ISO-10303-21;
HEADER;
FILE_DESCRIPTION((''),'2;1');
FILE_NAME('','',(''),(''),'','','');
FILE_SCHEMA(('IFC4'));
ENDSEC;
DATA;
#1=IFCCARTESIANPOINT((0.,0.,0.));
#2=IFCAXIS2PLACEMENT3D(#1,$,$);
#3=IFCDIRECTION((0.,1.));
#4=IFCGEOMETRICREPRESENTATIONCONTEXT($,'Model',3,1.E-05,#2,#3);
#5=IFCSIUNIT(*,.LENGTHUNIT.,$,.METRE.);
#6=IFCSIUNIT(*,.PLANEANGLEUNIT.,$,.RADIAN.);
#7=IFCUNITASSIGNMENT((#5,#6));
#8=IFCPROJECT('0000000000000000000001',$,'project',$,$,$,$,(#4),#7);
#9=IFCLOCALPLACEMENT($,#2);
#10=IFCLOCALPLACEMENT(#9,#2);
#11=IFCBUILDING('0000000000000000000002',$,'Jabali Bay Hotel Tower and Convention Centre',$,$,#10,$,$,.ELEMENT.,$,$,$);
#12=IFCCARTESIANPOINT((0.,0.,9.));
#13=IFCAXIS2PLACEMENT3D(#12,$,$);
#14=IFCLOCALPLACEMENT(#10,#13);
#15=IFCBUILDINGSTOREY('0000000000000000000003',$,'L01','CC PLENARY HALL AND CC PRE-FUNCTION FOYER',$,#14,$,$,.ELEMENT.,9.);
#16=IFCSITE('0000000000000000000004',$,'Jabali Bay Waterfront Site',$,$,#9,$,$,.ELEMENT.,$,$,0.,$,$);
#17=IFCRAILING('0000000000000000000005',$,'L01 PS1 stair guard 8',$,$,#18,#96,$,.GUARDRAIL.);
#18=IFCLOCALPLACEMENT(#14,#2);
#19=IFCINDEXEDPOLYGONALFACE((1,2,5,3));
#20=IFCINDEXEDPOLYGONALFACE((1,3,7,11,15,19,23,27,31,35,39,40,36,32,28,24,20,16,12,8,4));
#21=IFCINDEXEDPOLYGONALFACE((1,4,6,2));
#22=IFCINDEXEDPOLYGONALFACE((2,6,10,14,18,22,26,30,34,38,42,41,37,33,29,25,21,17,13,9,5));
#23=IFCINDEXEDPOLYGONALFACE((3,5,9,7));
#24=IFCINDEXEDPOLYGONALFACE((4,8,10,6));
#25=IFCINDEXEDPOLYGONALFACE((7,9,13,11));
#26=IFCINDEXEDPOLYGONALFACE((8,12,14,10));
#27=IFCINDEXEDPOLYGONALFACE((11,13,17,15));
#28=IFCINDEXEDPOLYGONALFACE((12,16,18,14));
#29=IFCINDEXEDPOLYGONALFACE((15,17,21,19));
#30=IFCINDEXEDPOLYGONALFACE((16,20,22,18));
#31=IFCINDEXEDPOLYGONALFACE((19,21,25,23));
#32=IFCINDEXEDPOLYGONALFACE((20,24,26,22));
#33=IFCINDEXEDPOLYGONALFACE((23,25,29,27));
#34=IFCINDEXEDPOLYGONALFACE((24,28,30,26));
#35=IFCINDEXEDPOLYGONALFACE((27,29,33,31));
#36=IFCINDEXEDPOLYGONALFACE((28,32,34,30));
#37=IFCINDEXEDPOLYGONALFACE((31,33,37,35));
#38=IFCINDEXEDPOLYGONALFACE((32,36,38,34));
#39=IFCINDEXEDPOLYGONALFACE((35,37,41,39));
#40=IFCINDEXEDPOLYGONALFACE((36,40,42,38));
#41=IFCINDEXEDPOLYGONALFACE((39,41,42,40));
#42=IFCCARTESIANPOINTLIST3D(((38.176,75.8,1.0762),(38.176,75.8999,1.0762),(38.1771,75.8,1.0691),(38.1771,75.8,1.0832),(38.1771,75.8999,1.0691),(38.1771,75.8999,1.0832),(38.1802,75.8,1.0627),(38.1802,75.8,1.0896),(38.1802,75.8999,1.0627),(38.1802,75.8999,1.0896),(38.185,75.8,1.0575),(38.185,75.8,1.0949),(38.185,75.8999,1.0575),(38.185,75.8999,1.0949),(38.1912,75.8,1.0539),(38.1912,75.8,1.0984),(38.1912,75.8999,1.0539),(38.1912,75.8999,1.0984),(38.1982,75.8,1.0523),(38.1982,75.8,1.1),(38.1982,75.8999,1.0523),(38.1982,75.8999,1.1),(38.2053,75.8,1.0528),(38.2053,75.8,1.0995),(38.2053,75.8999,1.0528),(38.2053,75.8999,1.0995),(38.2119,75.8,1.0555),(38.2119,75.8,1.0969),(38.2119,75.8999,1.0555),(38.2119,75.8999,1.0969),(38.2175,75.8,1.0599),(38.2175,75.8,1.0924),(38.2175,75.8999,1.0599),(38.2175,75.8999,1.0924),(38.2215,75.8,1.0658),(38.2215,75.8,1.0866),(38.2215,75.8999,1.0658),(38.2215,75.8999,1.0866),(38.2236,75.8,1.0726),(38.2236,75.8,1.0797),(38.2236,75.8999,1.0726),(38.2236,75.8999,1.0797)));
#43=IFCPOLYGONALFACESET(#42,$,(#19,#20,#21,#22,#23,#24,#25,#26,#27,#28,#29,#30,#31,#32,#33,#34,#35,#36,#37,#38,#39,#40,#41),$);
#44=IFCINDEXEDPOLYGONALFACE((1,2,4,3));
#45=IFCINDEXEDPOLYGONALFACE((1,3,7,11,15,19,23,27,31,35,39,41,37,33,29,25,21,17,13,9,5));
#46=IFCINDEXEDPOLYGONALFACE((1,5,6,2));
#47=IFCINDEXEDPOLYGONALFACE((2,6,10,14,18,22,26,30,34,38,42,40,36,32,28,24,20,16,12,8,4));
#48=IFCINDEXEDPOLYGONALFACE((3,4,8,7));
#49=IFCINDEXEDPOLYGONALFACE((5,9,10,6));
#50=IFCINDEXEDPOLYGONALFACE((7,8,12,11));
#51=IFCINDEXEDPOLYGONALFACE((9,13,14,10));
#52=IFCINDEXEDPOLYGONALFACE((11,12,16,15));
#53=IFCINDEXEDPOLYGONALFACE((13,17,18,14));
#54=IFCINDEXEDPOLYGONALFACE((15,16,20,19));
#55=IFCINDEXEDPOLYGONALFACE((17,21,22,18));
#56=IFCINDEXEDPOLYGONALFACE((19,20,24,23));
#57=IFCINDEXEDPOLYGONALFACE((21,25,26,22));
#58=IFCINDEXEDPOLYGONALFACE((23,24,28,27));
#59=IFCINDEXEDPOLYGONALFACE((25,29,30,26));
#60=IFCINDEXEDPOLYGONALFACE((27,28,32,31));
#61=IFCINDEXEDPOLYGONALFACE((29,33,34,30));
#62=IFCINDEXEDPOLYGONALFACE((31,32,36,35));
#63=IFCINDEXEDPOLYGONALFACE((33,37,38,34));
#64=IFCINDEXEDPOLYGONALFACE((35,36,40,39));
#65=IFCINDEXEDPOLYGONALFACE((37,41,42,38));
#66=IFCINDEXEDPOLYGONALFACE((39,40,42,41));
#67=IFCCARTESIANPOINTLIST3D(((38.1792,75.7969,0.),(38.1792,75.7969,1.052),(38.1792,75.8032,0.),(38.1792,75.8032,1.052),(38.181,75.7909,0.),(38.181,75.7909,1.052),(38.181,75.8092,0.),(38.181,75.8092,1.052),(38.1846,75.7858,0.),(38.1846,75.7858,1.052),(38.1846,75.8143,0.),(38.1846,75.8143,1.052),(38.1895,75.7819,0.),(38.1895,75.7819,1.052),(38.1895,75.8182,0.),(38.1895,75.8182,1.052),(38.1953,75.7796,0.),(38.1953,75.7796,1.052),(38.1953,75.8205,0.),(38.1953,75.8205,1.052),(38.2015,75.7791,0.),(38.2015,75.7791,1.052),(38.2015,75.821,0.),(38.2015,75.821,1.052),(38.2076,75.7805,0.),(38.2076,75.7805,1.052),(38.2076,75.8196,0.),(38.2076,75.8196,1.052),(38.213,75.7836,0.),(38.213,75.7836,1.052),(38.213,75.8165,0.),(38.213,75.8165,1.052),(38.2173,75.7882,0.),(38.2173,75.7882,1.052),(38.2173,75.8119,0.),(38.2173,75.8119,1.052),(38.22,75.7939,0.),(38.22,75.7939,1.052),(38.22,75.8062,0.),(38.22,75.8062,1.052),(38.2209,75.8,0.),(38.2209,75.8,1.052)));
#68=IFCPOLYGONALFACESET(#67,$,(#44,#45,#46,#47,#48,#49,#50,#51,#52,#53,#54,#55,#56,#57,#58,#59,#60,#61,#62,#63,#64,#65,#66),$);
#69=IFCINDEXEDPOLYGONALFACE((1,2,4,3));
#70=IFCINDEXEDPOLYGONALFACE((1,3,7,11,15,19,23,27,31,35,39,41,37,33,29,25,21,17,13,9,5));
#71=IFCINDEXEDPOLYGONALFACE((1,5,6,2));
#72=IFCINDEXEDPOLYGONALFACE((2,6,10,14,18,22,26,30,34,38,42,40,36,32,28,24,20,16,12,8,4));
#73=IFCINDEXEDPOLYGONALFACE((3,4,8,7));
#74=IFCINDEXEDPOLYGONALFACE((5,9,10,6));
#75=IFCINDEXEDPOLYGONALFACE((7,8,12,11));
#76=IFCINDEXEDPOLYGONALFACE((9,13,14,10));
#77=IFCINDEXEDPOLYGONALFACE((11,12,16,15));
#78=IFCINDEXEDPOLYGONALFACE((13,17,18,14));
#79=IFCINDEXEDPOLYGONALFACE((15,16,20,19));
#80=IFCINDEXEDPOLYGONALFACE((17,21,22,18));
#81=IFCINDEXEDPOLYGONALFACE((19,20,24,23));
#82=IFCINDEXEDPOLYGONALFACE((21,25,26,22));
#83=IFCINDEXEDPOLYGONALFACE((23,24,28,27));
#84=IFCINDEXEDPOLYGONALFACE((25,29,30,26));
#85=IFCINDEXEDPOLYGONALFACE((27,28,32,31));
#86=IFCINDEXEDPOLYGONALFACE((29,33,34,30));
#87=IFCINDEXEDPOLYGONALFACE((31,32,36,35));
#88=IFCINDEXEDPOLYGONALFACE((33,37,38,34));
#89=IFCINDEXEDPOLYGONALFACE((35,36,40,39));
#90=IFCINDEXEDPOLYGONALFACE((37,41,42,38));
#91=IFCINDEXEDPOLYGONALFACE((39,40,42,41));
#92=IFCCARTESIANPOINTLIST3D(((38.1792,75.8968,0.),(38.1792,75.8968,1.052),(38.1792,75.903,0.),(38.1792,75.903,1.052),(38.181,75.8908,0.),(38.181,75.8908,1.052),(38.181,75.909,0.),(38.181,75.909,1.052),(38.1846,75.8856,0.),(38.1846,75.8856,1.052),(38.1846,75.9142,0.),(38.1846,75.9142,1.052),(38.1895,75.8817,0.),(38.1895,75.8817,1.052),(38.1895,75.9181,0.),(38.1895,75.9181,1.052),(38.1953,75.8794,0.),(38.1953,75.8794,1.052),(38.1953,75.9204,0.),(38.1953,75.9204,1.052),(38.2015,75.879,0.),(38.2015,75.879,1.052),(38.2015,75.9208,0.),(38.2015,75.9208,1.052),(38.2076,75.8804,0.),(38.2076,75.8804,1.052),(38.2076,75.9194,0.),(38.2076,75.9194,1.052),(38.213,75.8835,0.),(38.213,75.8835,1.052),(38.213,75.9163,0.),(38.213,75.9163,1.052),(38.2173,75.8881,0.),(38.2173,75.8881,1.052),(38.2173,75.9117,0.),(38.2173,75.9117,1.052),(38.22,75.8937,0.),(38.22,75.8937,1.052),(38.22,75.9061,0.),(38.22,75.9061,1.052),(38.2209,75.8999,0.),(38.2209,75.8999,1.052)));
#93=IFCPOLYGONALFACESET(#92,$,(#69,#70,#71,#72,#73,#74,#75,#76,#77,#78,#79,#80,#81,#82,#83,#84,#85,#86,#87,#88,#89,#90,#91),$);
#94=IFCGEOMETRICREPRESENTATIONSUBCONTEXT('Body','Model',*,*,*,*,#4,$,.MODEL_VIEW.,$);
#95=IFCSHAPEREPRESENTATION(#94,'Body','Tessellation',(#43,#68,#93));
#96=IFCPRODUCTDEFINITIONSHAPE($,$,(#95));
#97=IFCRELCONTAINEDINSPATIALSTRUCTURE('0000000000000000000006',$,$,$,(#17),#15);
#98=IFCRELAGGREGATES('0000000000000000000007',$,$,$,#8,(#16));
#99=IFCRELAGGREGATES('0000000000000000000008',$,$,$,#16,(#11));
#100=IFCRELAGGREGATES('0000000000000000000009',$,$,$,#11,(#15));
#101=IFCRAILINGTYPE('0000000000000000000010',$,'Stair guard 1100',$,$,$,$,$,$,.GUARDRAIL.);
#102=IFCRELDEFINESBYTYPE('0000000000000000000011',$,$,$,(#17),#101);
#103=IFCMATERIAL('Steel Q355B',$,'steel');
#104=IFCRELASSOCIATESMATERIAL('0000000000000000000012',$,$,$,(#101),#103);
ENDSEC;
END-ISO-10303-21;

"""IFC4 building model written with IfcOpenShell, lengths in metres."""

from ifc_helpers import new_model, si_unit, direction, frame, origin, origin_2d, place, context, subcontext, project, spatial, circle, extrude, material, type_object, element, save


model = new_model("IFC4")

# Units and contexts
model_context = context("Model", 3, precision=1e-05, world=origin(), true_north=direction((0.0, 1.0)))
body_context = subcontext(model_context, "Body", "Model", "MODEL_VIEW")
ifc_project = project(units=[si_unit("LENGTHUNIT", "METRE"), si_unit("PLANEANGLEUNIT", "RADIAN")], contexts=[model_context])

# Site, building, storey
site_placement = place(None, origin())
site = spatial("IfcSite", under=ifc_project, at=site_placement, Name="Jabali Bay Waterfront Site", CompositionType="ELEMENT", RefElevation=0.0)
building_placement = place(site_placement, origin())
building = spatial("IfcBuilding", under=site, at=building_placement, Name="Jabali Bay Hotel Tower and Convention Centre", CompositionType="ELEMENT")
storey_placement = place(building_placement, frame((0.0, 0.0, 9.0)))
storey = spatial("IfcBuildingStorey", under=building, at=storey_placement, Name="L01", Description="CC PLENARY HALL AND CC PRE-FUNCTION FOYER", CompositionType="ELEMENT", Elevation=9.0)

# Railing
ifc_material_1 = material(Name="Steel Q355B", Category="steel")
railing_type_1 = type_object("IfcRailingType", Name="Stair guard 1100", PredefinedType="GUARDRAIL", material=ifc_material_1)
railing_1_placement = place(storey_placement, frame((38.2, 75.8, 0.0)))
element("IfcRailing", 1, at=railing_1_placement, inside=storey, type_object=railing_type_1, Name="L01 PS1 stair guard 8", PredefinedType="GUARDRAIL", context=body_context, shape_type="SweptSolid", body=[
    extrude(circle(Radius=0.0239, at=origin_2d()), frame((0.0, 0.0, 1.0762), z_axis=(0.0, 1.0, 0.0), x_axis=(-1.0, 0.0, 0.0)), (0.0, 0.0, 1.0), 0.0999),
    extrude(circle(Radius=0.021, at=origin_2d()), origin(), (0.0, 0.0, 1.0), 1.052),
    extrude(circle(Radius=0.021, at=origin_2d()), frame((0.0, 0.0999, 0.0)), (0.0, 0.0, 1.0), 1.052),
])

save(model, "model.ifc")
